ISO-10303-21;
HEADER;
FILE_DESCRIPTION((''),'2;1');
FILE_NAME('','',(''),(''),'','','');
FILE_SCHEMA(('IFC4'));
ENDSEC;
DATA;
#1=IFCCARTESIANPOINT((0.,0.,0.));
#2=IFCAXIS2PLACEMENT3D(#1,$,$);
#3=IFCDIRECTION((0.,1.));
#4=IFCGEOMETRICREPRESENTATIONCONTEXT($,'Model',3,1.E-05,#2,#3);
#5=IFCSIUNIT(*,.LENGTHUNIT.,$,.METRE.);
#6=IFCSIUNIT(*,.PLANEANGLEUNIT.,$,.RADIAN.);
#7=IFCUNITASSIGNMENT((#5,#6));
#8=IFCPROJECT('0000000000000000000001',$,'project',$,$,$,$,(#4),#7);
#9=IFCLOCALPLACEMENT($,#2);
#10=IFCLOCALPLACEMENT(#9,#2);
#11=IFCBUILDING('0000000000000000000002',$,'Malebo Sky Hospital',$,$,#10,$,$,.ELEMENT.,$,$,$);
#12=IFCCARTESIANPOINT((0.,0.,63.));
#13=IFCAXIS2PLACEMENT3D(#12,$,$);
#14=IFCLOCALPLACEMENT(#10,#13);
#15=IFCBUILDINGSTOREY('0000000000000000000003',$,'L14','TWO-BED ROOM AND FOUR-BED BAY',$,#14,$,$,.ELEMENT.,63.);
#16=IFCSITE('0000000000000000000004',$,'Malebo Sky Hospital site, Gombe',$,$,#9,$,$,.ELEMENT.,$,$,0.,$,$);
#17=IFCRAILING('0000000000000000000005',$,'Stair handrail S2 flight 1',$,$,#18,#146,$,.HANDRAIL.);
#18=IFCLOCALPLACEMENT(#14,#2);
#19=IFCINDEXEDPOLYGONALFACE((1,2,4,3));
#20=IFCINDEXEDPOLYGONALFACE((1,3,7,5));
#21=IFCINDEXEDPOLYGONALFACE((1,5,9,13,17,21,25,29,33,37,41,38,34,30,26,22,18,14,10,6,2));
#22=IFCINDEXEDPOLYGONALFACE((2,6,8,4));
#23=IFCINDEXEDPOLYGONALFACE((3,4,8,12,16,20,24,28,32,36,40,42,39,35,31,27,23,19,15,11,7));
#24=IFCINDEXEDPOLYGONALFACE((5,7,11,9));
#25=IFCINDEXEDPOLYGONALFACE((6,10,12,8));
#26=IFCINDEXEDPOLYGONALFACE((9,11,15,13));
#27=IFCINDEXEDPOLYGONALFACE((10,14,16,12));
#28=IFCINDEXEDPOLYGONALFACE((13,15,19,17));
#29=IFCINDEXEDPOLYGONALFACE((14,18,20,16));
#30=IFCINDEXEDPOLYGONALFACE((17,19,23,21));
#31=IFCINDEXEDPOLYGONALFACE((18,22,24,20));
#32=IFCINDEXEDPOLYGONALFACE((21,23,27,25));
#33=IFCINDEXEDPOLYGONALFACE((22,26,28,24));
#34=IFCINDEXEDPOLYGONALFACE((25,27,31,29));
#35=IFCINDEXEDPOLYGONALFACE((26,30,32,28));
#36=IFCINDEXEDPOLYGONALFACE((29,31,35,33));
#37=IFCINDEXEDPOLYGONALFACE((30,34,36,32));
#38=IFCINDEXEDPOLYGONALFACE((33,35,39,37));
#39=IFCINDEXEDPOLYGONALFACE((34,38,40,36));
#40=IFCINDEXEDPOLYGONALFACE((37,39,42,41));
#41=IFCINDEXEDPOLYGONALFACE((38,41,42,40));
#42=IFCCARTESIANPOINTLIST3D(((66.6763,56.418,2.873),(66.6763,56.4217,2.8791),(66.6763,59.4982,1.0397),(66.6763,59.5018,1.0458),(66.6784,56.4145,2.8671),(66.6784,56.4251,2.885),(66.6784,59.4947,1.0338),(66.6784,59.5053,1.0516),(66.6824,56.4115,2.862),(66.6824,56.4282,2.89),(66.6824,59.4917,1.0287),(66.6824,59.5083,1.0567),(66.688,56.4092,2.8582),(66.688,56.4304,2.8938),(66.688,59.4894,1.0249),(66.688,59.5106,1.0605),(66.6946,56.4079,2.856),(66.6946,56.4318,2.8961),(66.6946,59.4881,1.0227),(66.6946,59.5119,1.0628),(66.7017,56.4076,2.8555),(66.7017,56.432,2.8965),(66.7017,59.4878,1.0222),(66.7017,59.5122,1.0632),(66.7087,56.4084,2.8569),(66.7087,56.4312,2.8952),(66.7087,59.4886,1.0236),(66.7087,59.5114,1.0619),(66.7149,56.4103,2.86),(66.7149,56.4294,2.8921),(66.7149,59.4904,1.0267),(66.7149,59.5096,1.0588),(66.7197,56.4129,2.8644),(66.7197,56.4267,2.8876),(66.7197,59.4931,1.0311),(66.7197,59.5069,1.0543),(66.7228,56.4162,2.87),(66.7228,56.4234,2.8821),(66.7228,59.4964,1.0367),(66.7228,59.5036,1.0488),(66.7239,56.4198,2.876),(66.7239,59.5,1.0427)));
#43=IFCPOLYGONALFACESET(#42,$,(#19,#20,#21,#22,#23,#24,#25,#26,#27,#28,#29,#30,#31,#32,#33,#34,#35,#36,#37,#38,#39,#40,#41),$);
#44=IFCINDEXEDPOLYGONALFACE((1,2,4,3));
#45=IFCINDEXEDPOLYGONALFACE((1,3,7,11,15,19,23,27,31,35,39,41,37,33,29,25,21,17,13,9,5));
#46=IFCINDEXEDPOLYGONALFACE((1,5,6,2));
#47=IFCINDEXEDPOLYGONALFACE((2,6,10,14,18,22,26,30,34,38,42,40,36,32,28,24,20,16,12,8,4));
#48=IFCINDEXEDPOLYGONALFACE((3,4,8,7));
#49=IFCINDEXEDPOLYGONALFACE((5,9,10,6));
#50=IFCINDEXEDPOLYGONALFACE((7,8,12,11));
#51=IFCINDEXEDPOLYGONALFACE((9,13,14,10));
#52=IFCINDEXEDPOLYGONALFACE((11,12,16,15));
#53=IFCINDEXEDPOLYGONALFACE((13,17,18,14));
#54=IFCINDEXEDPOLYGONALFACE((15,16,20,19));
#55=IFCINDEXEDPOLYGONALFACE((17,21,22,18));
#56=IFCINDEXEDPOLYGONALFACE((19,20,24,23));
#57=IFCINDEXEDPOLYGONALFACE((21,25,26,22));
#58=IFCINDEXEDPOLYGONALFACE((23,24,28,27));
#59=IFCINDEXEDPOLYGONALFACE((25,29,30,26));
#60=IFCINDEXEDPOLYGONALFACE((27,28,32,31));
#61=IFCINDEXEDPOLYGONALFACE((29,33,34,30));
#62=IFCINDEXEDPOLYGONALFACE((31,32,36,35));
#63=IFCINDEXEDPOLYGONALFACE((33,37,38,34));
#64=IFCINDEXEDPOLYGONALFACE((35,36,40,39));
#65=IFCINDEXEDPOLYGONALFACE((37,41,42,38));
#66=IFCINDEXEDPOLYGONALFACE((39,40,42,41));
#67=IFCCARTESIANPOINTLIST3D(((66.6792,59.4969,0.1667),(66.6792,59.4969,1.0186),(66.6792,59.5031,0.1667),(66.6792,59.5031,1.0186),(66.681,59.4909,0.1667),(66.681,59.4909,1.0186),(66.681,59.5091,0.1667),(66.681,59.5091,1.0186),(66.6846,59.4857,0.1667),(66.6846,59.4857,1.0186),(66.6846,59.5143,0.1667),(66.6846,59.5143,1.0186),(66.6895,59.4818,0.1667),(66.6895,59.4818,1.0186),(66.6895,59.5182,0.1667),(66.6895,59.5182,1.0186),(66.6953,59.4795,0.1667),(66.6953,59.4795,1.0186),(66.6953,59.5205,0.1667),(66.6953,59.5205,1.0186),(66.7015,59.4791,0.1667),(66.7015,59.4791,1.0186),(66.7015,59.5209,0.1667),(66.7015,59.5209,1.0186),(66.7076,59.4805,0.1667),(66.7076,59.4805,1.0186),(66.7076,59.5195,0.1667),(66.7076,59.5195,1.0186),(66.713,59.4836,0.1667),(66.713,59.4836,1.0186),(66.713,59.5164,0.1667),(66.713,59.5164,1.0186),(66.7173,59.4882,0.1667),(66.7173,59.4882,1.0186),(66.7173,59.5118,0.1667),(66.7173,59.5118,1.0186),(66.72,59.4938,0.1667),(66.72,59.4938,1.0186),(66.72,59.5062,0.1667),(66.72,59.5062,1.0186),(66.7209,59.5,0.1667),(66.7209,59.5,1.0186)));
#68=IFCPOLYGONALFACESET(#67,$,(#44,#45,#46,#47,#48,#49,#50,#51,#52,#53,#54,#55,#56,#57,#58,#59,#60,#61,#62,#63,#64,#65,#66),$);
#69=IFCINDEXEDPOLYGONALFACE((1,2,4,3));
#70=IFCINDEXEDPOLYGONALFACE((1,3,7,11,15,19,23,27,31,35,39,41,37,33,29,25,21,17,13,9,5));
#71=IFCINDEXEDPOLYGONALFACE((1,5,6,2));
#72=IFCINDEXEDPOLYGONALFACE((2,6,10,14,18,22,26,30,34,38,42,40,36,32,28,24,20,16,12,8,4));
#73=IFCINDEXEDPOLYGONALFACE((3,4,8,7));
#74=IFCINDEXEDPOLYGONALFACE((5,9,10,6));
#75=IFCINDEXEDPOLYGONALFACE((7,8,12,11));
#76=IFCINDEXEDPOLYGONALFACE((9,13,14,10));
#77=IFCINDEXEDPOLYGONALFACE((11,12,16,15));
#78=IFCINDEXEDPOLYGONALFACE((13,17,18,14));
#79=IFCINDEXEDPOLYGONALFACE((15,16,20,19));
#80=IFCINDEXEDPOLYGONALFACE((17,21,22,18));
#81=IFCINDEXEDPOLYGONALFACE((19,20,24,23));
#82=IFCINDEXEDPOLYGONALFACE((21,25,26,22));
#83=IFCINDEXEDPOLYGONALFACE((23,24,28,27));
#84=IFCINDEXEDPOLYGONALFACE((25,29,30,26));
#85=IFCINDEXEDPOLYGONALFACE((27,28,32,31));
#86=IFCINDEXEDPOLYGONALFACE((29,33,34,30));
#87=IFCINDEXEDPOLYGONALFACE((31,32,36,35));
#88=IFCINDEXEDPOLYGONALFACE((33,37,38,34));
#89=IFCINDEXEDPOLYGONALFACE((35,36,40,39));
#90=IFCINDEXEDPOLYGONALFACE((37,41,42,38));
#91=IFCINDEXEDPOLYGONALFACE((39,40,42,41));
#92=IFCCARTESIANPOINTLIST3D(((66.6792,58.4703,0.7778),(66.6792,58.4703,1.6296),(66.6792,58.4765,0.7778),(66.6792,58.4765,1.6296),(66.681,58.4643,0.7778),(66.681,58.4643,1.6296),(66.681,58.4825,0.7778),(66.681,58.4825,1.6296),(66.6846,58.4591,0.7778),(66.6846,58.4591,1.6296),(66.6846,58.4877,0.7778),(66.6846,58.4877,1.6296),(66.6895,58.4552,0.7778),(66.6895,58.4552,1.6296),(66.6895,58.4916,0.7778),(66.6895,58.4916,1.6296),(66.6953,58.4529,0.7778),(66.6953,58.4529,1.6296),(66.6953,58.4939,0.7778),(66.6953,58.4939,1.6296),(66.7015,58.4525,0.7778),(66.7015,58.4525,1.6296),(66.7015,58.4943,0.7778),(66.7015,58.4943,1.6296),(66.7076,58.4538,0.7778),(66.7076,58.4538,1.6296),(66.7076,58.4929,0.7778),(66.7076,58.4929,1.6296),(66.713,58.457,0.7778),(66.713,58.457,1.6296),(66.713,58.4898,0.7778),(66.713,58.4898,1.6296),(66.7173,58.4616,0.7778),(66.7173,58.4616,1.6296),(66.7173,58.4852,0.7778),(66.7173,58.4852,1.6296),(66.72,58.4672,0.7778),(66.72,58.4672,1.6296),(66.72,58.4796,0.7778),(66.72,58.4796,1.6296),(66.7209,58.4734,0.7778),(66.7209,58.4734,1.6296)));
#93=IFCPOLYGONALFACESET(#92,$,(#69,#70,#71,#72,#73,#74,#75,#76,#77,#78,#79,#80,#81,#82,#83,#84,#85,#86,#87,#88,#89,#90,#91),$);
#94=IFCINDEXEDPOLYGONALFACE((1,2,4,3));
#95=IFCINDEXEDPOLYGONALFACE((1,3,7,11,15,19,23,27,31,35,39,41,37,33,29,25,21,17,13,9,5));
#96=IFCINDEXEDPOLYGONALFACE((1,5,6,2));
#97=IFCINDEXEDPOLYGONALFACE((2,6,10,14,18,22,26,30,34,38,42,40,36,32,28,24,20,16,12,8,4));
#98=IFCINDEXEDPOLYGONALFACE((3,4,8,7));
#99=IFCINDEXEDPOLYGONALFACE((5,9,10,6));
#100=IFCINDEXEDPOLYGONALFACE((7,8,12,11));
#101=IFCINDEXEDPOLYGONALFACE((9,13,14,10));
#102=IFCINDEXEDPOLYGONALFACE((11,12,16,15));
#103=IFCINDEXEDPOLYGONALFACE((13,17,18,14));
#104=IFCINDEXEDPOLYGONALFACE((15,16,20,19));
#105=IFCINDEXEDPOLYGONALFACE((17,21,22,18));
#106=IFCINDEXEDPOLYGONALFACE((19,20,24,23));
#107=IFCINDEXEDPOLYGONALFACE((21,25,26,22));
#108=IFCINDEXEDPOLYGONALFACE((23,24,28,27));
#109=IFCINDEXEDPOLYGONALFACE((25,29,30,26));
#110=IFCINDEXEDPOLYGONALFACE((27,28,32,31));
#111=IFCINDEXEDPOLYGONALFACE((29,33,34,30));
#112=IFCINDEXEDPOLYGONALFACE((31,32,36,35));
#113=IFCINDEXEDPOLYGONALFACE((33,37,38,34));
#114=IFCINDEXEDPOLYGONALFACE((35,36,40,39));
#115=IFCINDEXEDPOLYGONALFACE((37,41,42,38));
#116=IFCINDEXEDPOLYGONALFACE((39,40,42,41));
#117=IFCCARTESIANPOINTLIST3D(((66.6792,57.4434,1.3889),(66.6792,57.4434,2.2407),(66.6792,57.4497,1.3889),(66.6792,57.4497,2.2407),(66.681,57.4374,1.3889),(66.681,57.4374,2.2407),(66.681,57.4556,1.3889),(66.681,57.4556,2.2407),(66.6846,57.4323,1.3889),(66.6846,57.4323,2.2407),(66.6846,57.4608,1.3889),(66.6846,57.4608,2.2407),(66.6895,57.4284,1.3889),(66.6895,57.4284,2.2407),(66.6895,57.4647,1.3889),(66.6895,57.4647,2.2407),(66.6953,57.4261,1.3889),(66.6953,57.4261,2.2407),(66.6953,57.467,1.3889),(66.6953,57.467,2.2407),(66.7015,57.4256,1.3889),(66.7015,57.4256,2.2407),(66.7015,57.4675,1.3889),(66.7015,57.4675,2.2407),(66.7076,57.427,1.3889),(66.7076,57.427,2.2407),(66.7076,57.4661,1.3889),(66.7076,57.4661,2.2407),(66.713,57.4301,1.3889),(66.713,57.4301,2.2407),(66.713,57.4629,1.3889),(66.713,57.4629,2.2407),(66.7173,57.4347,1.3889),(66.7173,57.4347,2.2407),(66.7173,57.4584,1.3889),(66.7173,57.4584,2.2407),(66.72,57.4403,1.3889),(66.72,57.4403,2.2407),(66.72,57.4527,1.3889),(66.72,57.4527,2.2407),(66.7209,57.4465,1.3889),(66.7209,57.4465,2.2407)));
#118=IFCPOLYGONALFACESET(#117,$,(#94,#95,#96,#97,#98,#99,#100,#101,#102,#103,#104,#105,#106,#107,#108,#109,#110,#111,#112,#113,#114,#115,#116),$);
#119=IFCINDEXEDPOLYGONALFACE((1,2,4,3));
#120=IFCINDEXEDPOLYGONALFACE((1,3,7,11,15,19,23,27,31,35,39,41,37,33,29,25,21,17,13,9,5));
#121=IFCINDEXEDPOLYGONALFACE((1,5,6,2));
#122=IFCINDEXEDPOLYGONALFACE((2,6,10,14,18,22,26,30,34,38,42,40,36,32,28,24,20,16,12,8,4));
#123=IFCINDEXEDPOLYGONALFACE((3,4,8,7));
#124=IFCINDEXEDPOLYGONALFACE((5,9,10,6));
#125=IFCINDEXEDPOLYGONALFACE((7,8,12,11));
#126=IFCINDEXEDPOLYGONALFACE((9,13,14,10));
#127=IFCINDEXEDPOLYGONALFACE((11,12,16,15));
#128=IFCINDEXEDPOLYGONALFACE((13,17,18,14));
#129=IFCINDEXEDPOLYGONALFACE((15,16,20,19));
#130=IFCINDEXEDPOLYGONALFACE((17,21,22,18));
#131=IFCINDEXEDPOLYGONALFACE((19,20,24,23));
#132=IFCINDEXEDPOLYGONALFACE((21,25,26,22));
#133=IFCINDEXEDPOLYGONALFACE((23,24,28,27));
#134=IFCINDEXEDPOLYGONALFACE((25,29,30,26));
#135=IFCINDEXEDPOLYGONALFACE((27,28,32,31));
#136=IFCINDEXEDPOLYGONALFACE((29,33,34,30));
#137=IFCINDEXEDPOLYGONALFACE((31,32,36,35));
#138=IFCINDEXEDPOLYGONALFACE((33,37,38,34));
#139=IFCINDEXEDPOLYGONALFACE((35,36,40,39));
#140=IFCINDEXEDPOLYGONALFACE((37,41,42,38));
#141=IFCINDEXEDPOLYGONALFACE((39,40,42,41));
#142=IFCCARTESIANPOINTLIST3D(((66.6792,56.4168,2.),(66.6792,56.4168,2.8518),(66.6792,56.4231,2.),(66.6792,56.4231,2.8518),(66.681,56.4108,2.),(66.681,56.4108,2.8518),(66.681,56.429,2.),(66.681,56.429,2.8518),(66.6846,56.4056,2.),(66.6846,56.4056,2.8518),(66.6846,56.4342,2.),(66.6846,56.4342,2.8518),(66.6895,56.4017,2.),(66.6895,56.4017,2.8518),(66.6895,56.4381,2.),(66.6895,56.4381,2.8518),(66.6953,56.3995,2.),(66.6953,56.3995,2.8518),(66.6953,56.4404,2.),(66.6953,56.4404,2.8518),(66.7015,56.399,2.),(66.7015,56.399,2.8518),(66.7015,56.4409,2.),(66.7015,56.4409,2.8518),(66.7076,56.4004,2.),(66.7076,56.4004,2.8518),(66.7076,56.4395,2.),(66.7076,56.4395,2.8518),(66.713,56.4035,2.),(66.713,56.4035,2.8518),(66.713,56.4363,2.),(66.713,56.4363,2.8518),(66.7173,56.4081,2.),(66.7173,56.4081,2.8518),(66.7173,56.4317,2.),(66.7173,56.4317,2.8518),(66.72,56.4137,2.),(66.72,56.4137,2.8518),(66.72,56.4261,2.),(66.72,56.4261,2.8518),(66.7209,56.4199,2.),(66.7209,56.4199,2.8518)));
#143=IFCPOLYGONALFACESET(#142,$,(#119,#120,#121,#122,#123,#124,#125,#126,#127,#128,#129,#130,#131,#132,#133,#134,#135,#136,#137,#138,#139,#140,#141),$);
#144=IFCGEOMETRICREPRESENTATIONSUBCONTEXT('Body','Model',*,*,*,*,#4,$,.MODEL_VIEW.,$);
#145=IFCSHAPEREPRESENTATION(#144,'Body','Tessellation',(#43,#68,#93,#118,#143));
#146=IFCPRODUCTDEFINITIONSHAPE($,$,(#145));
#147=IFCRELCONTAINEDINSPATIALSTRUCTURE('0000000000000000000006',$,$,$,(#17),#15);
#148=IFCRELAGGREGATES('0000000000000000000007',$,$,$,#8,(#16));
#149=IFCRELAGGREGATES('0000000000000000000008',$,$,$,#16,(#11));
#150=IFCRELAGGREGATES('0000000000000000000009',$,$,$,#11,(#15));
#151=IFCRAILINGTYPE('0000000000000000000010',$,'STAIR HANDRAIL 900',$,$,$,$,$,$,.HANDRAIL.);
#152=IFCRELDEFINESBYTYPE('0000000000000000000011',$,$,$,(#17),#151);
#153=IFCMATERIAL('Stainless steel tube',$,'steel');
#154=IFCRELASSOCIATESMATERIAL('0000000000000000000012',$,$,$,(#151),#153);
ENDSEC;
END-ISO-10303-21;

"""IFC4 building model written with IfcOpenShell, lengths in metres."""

from ifc_helpers import new_model, si_unit, direction, frame, origin, origin_2d, place, context, subcontext, project, spatial, circle, extrude, material, type_object, element, save


model = new_model("IFC4")

# Units and contexts
model_context = context("Model", 3, precision=1e-05, world=origin(), true_north=direction((0.0, 1.0)))
body_context = subcontext(model_context, "Body", "Model", "MODEL_VIEW")
ifc_project = project(units=[si_unit("LENGTHUNIT", "METRE"), si_unit("PLANEANGLEUNIT", "RADIAN")], contexts=[model_context])

# Site, building, storey
site_placement = place(None, origin())
site = spatial("IfcSite", under=ifc_project, at=site_placement, Name="Malebo Sky Hospital site, Gombe", CompositionType="ELEMENT", RefElevation=0.0)
building_placement = place(site_placement, origin())
building = spatial("IfcBuilding", under=site, at=building_placement, Name="Malebo Sky Hospital", CompositionType="ELEMENT")
storey_placement = place(building_placement, frame((0.0, 0.0, 63.0)))
storey = spatial("IfcBuildingStorey", under=building, at=storey_placement, Name="L14", Description="TWO-BED ROOM AND FOUR-BED BAY", CompositionType="ELEMENT", Elevation=63.0)

# Railing
ifc_material_1 = material(Name="Stainless steel tube", Category="steel")
railing_type = type_object("IfcRailingType", Name="STAIR HANDRAIL 900", PredefinedType="HANDRAIL", material=ifc_material_1)
railing_1_placement = place(storey_placement, frame((66.7, 59.5, 0.1667)))
element("IfcRailing", 1, at=railing_1_placement, inside=storey, type_object=railing_type, Name="Stair handrail S2 flight 1", PredefinedType="HANDRAIL", context=body_context, shape_type="SweptSolid", body=[
    extrude(circle(Radius=0.0239, at=origin_2d()), frame((0.0, 0.0, 0.876), z_axis=(0.0, -0.859309, 0.511458), x_axis=(1.0, 0.0, 0.0)), (0.0, 0.0, 1.0), 3.5845),
    extrude(circle(Radius=0.021, at=origin_2d()), origin(), (0.0, 0.0, 1.0), 0.8518),
    extrude(circle(Radius=0.021, at=origin_2d()), frame((0.0, -1.0266, 0.6111)), (0.0, 0.0, 1.0), 0.8518),
    extrude(circle(Radius=0.021, at=origin_2d()), frame((0.0, -2.0535, 1.2222)), (0.0, 0.0, 1.0), 0.8518),
    extrude(circle(Radius=0.021, at=origin_2d()), frame((0.0, -3.0801, 1.8333)), (0.0, 0.0, 1.0), 0.8518),
])

save(model, "model.ifc")
